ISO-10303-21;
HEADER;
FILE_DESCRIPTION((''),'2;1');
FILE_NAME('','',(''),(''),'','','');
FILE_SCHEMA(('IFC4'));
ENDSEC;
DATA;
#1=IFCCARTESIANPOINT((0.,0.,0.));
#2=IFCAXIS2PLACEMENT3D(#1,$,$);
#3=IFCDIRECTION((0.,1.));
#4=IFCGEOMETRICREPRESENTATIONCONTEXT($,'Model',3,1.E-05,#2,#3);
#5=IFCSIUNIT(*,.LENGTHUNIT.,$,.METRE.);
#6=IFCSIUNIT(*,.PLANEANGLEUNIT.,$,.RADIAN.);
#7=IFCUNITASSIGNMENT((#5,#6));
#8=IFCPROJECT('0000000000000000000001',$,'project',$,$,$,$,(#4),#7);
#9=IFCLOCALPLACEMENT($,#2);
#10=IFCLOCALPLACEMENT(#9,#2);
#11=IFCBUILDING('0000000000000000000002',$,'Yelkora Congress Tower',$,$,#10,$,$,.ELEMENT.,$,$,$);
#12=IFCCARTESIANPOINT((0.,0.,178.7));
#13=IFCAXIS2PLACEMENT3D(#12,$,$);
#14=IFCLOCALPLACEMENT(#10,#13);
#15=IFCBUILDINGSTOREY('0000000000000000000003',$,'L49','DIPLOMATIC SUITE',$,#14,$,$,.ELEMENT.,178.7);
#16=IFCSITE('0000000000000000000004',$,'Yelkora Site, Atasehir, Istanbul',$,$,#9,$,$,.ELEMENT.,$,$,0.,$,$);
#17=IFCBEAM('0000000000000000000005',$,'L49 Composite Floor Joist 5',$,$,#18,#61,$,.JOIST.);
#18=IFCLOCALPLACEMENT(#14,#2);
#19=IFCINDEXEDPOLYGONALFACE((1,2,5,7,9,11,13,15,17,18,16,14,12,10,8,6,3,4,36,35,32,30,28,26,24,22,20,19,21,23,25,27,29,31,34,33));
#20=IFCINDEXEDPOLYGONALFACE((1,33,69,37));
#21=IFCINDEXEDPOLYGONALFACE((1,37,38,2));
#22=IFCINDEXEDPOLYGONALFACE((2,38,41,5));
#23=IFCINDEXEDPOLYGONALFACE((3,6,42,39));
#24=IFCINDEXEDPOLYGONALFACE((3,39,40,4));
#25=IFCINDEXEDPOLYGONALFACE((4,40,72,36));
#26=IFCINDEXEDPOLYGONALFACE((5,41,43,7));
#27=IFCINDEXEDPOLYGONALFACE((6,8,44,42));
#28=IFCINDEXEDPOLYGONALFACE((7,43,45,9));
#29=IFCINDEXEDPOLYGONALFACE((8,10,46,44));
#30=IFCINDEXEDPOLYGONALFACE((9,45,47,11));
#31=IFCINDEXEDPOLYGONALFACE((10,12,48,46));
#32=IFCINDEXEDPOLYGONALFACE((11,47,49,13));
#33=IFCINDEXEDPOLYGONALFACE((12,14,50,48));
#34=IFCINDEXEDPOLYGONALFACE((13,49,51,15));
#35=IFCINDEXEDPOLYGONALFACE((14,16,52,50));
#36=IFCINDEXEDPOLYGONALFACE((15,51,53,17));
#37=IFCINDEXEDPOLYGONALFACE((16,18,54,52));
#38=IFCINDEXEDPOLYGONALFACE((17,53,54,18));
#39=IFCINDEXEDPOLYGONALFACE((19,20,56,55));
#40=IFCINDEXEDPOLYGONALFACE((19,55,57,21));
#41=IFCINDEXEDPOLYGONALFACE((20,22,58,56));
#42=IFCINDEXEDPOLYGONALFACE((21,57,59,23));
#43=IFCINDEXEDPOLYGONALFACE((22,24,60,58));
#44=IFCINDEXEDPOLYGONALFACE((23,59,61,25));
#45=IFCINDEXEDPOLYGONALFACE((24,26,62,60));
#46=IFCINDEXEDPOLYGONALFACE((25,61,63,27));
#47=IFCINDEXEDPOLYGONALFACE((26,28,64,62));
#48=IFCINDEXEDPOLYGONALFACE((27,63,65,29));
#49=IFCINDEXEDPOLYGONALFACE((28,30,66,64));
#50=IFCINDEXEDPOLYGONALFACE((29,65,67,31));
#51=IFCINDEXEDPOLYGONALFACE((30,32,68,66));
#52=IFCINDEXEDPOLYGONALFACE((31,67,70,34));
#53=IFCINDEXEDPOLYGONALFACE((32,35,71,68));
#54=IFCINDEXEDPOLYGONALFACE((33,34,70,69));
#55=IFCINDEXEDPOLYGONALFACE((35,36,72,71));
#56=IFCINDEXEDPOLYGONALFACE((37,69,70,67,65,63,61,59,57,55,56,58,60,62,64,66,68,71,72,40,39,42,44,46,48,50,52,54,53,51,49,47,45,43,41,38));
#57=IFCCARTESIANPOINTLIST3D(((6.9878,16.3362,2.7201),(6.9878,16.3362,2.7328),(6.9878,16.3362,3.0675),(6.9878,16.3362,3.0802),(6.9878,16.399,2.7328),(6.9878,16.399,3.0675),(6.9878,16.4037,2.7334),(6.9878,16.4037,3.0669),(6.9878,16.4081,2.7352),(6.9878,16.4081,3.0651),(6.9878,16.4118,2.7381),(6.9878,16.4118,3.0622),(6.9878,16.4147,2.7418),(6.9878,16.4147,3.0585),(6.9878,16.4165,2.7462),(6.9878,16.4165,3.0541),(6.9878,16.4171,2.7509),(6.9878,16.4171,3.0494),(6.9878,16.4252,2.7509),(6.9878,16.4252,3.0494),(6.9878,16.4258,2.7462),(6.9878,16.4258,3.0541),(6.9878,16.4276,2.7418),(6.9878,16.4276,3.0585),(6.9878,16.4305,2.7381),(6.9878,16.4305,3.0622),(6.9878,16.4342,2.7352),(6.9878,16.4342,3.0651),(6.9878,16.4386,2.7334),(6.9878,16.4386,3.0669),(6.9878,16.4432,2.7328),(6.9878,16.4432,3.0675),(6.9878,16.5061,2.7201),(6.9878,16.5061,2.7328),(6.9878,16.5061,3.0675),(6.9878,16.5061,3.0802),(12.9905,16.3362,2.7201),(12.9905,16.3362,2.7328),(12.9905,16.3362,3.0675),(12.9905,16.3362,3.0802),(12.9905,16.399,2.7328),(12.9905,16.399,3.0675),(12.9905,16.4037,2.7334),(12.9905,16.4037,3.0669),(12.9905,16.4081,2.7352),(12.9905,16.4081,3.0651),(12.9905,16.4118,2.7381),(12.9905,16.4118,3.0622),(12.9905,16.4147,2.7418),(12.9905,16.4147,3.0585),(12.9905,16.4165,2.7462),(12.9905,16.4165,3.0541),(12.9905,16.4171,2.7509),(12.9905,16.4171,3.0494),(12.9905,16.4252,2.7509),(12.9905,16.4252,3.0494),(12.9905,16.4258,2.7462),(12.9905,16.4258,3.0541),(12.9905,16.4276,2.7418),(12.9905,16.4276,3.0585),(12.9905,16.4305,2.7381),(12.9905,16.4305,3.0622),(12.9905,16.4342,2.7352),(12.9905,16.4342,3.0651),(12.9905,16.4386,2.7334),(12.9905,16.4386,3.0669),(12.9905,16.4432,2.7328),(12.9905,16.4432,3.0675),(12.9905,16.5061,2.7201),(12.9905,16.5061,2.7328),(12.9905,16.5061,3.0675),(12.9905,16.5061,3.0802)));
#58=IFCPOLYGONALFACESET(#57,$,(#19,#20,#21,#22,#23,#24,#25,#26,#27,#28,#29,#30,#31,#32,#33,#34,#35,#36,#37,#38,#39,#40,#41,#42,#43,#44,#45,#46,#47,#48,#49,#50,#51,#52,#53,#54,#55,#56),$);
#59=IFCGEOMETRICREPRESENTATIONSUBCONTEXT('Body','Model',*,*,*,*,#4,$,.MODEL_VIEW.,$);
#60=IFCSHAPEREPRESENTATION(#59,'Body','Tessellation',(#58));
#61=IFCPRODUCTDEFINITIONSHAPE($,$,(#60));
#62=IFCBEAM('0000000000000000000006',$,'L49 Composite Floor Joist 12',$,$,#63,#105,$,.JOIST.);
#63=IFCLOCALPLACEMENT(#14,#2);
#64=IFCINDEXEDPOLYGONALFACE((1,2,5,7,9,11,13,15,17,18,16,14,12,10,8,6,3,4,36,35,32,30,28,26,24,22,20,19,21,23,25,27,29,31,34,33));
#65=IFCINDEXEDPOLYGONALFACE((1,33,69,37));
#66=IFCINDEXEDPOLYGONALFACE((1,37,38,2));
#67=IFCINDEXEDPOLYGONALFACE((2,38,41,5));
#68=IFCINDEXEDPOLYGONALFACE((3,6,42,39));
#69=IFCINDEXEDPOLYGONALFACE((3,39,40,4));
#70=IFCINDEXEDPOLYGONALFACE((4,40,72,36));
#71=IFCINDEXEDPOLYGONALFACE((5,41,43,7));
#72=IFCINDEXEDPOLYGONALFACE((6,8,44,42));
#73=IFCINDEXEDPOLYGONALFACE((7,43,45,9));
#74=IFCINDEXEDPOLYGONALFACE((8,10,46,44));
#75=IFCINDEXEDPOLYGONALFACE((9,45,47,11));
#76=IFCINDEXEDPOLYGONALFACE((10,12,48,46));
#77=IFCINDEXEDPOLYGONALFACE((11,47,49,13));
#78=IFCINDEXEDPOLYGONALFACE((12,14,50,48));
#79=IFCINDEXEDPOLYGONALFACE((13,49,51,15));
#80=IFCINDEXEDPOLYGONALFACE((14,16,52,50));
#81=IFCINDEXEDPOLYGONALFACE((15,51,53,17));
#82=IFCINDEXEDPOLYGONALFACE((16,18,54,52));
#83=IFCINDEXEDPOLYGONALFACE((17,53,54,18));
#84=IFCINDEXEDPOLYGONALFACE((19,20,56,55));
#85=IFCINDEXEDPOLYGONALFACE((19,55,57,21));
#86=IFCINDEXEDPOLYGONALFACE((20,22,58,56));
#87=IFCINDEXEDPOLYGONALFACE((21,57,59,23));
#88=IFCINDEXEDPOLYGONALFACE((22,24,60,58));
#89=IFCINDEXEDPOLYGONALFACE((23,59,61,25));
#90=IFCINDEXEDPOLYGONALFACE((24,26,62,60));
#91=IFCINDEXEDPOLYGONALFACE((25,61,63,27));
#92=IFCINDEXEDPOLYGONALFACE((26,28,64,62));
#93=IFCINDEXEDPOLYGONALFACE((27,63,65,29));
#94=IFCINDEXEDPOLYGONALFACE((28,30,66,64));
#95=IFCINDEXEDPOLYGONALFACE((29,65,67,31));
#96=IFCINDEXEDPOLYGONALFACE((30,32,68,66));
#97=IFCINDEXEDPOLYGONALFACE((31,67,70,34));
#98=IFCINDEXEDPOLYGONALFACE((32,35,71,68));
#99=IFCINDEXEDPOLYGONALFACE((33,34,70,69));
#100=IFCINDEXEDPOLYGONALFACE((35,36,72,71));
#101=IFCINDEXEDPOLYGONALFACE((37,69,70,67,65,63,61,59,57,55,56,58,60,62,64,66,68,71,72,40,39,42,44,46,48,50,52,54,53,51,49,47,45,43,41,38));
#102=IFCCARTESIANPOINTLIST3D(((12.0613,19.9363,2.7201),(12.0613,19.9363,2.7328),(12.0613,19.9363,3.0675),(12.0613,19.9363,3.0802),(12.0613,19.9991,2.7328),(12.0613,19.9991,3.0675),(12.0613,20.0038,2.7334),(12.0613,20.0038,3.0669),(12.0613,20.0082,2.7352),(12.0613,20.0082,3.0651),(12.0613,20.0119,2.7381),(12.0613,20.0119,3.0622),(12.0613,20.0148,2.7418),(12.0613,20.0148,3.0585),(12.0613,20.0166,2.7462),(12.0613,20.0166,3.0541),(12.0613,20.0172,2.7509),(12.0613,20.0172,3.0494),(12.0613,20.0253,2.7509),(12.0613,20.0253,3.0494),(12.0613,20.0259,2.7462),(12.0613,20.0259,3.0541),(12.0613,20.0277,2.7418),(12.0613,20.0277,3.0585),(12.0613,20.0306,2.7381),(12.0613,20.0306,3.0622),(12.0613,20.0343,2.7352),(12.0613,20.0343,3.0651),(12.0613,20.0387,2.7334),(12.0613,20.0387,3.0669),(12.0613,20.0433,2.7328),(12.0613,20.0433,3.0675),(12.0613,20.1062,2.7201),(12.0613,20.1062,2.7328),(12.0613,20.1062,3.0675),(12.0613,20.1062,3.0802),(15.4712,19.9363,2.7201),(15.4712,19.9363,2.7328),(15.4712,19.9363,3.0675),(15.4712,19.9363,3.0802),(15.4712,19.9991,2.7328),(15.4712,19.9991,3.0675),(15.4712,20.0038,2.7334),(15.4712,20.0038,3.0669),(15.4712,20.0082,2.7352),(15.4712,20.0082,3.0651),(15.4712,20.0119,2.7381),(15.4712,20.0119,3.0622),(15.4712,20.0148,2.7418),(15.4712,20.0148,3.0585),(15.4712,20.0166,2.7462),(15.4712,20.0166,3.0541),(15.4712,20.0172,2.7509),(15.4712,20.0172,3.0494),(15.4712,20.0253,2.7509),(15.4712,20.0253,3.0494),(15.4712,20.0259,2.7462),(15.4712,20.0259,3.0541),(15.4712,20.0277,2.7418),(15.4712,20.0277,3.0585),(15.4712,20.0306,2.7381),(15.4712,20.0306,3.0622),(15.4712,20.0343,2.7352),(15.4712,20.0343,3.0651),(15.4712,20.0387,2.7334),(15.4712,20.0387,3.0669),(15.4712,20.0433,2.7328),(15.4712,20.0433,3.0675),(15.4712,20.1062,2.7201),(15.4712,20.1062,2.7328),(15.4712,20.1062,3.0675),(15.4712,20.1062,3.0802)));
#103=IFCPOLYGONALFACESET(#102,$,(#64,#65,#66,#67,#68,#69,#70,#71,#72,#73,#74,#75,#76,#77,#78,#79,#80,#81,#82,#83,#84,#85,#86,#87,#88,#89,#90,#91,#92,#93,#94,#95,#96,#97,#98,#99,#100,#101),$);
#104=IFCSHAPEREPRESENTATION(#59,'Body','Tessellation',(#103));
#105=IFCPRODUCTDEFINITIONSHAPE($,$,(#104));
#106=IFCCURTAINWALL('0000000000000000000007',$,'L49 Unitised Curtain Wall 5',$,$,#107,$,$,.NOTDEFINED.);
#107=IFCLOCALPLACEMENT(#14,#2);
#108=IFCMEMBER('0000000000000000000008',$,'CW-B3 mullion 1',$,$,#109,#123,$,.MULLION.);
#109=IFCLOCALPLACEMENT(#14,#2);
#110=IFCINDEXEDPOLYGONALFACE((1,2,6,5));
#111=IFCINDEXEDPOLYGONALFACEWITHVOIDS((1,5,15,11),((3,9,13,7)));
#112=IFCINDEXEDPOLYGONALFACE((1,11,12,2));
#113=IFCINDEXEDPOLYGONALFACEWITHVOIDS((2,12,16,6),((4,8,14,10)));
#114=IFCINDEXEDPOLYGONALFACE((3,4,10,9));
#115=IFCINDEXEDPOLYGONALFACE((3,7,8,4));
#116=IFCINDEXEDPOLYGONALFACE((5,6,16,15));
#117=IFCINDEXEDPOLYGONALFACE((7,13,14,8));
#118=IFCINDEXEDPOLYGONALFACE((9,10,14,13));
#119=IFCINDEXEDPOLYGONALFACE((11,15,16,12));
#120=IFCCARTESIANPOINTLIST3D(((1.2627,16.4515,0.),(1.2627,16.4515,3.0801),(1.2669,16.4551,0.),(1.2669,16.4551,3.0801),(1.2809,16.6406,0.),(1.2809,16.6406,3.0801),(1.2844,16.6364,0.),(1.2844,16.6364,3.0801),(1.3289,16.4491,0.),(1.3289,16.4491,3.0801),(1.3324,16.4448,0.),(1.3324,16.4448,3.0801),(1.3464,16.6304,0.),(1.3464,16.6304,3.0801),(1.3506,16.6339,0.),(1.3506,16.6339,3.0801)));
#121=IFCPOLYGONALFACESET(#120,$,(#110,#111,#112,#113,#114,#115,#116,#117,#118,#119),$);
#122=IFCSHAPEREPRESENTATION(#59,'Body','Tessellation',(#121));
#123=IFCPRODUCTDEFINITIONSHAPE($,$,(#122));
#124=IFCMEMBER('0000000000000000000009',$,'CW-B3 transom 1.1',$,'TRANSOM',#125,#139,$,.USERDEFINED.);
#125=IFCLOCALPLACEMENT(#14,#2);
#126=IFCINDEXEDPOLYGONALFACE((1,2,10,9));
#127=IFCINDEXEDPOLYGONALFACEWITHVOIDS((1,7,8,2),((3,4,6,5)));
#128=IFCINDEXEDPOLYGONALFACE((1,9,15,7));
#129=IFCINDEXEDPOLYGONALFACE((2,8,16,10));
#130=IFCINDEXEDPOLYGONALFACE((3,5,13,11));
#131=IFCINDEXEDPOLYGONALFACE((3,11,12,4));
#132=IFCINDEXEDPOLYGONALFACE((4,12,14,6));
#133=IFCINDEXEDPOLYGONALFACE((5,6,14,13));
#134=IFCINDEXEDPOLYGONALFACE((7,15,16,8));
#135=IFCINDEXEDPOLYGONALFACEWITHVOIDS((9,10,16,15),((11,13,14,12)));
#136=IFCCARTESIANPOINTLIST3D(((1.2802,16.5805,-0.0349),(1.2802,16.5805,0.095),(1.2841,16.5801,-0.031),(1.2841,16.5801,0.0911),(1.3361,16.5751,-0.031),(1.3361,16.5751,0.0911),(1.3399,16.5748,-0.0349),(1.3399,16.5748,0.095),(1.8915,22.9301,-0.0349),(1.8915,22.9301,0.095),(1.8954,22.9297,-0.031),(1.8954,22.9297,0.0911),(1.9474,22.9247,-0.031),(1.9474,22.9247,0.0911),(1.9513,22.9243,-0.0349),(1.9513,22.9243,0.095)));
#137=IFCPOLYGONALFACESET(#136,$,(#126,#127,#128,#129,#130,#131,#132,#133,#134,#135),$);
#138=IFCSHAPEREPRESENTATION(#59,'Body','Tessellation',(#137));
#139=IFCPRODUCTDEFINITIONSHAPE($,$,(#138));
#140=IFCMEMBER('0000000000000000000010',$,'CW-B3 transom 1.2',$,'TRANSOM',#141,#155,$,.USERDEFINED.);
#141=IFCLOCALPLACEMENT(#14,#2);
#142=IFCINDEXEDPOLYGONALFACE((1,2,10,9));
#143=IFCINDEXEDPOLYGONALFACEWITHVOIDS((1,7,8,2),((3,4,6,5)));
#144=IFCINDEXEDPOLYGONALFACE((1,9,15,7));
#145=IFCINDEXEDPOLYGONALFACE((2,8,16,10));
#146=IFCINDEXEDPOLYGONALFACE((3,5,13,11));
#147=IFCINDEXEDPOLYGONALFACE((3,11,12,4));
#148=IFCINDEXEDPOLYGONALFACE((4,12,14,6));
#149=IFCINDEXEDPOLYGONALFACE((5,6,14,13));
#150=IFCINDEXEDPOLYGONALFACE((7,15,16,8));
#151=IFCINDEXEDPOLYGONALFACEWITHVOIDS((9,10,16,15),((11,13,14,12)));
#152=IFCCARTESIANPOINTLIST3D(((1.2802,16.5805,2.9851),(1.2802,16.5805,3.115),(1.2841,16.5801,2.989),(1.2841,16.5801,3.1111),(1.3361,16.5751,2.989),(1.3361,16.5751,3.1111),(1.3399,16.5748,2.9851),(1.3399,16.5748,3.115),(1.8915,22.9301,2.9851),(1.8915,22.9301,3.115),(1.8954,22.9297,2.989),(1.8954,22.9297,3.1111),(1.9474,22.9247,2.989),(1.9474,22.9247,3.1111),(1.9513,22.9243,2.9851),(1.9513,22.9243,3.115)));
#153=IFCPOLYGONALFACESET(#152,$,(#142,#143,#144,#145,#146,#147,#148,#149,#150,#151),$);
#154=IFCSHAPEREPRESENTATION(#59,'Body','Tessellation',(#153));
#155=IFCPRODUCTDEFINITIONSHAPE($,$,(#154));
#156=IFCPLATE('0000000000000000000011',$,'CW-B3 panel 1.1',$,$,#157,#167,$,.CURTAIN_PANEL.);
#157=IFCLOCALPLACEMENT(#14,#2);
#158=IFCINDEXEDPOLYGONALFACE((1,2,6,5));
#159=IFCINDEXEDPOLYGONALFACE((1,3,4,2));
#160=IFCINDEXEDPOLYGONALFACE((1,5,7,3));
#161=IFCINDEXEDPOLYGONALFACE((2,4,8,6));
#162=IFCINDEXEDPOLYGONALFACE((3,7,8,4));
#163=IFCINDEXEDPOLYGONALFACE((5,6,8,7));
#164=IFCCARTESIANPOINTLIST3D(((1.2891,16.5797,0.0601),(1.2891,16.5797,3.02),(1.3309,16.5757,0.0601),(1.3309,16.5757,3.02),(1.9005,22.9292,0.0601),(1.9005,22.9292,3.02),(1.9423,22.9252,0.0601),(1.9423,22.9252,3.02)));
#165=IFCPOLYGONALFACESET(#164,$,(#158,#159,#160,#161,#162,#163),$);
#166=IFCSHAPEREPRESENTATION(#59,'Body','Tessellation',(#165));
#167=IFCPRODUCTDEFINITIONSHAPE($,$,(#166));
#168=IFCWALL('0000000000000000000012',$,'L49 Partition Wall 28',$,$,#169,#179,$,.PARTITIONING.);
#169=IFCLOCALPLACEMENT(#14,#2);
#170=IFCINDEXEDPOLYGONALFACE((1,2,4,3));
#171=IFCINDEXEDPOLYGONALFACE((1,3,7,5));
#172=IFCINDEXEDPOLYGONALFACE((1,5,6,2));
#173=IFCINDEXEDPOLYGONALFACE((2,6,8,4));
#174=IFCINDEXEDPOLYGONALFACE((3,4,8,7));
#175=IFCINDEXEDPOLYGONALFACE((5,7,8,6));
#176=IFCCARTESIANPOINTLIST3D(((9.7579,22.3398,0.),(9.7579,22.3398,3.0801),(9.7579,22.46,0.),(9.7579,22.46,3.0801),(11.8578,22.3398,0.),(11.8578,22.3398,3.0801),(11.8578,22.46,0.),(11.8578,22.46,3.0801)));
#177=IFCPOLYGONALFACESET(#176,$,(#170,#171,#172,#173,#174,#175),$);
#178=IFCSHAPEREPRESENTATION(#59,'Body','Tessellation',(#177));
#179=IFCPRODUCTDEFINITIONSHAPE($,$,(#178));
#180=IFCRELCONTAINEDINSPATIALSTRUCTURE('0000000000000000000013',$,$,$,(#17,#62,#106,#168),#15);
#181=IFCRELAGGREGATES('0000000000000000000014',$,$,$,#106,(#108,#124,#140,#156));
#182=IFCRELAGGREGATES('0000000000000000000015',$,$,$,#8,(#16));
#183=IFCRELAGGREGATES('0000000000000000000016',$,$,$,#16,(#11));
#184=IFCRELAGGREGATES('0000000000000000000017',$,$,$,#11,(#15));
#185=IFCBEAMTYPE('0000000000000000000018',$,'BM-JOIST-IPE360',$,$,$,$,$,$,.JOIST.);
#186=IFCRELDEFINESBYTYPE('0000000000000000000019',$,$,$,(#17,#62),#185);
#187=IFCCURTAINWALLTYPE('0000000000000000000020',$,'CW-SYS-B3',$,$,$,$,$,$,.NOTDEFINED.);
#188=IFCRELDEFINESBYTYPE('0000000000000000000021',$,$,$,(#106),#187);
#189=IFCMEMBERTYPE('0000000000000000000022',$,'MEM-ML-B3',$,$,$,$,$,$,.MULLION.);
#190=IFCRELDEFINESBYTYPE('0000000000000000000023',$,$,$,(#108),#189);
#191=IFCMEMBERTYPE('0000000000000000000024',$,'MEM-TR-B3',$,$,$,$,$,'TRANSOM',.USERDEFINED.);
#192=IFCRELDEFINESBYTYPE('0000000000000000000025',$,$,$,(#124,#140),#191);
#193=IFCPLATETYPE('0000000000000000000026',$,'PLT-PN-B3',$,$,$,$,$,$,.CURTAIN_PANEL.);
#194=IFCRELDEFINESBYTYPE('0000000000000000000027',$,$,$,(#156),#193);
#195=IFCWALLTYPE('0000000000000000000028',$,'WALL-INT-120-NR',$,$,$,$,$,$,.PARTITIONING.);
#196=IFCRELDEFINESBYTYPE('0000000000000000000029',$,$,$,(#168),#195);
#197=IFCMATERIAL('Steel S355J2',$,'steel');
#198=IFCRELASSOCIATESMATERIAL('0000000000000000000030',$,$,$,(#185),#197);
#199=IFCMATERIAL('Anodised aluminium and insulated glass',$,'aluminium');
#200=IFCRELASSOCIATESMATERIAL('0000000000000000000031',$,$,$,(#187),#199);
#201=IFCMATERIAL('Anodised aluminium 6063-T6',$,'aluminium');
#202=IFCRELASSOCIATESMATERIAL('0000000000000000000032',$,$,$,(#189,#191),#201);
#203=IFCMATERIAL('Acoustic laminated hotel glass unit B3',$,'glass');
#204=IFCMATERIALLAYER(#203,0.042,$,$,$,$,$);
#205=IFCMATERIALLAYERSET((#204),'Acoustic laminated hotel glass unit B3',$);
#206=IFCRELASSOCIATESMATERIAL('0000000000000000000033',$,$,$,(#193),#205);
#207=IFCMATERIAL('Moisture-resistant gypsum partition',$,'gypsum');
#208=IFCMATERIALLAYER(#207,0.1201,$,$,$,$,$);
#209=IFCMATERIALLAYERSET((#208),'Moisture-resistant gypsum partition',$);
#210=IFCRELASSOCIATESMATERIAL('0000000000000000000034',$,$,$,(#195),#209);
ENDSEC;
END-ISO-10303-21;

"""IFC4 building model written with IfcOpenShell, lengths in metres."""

from ifc_helpers import new_model, si_unit, direction, frame, frame_2d, origin, origin_2d, place, context, subcontext, project, spatial, rectangle, hollow_rectangle, i_section, extrude, material, layer, layer_set, material_profile, profile_set, type_object, element, aggregate, save


model = new_model("IFC4")

# Units and contexts
model_context = context("Model", 3, precision=1e-05, world=origin(), true_north=direction((0.0, 1.0)))
body_context = subcontext(model_context, "Body", "Model", "MODEL_VIEW")
ifc_project = project(units=[si_unit("LENGTHUNIT", "METRE"), si_unit("PLANEANGLEUNIT", "RADIAN")], contexts=[model_context])

# Site, building, storey
site_placement = place(None, origin())
site = spatial("IfcSite", under=ifc_project, at=site_placement, Name="Yelkora Site, Atasehir, Istanbul", CompositionType="ELEMENT", RefElevation=0.0)
building_placement = place(site_placement, origin())
building = spatial("IfcBuilding", under=site, at=building_placement, Name="Yelkora Congress Tower", CompositionType="ELEMENT")
storey_placement = place(building_placement, frame((0.0, 0.0, 178.7)))
storey = spatial("IfcBuildingStorey", under=building, at=storey_placement, Name="L49", Description="DIPLOMATIC SUITE", CompositionType="ELEMENT", Elevation=178.7)

# Beams
ifc_material_1 = material(Name="Steel S355J2", Category="steel")
ifc_material_profile_1 = material_profile(ifc_material_1, i_section(OverallWidth=0.1699, OverallDepth=0.3601, WebThickness=0.0081, FlangeThickness=0.0127, FilletRadius=0.0181, at=origin_2d()), Name="IPE 360")
ifc_profile_set_1 = profile_set([ifc_material_profile_1], Name="Steel S355J2")
beam_type = type_object("IfcBeamType", Name="BM-JOIST-IPE360", PredefinedType="JOIST", material=ifc_profile_set_1)
beam_1_placement = place(storey_placement, frame((6.9878, 16.4211, 2.9001), z_axis=(1.0, 0.0, 0.0), x_axis=(0.0, 1.0, 0.0)))
element("IfcBeam", 1, at=beam_1_placement, inside=storey, type_object=beam_type, Name="L49 Composite Floor Joist 5", PredefinedType="JOIST", context=body_context, shape_type="SweptSolid", body=[
    extrude(i_section(OverallWidth=0.1699, OverallDepth=0.3601, WebThickness=0.0081, FlangeThickness=0.0127, FilletRadius=0.0181, at=origin_2d()), origin(), (0.0, 0.0, 1.0), 6.0027),
])
beam_2_placement = place(storey_placement, frame((12.0613, 20.0212, 2.9001), z_axis=(1.0, 0.0, 0.0), x_axis=(0.0, 1.0, 0.0)))
element("IfcBeam", 2, at=beam_2_placement, inside=storey, type_object=beam_type, Name="L49 Composite Floor Joist 12", PredefinedType="JOIST", context=body_context, shape_type="SweptSolid", body=[
    extrude(i_section(OverallWidth=0.1699, OverallDepth=0.3601, WebThickness=0.0081, FlangeThickness=0.0127, FilletRadius=0.0181, at=origin_2d()), origin(), (0.0, 0.0, 1.0), 3.4099),
])

# Curtain wall, members, plate
ifc_material_2 = material(Name="Anodised aluminium and insulated glass", Category="aluminium")
curtain_wall_type = type_object("IfcCurtainWallType", Name="CW-SYS-B3", PredefinedType="NOTDEFINED", material=ifc_material_2)
curtain_wall_placement = place(storey_placement, origin())
curtain_wall = element("IfcCurtainWall", 3, at=curtain_wall_placement, inside=storey, type_object=curtain_wall_type, Name="L49 Unitised Curtain Wall 5", PredefinedType="NOTDEFINED")
ifc_material_3 = material(Name="Anodised aluminium 6063-T6", Category="aluminium")
ifc_material_profile_2 = material_profile(ifc_material_3, hollow_rectangle(XDim=0.0701, YDim=0.1899, WallThickness=0.0039, at=origin_2d()), Name="ALU 70x190x4")
ifc_profile_set_2 = profile_set([ifc_material_profile_2], Name="Anodised aluminium 6063-T6")
member_type_1 = type_object("IfcMemberType", Name="MEM-ML-B3", PredefinedType="MULLION", material=ifc_profile_set_2)
member_1_placement = place(storey_placement, frame((1.3066, 16.5427, 0.0), z_axis=(0.0, 0.0, 1.0), x_axis=(-0.995396, 0.095845, 0.0)))
member_1 = element("IfcMember", 4, at=member_1_placement, type_object=member_type_1, Name="CW-B3 mullion 1", PredefinedType="MULLION", context=body_context, shape_type="SweptSolid", body=[
    extrude(hollow_rectangle(XDim=0.0701, YDim=0.1899, WallThickness=0.0039, at=origin_2d()), origin(), (0.0, 0.0, 1.0), 3.0801),
])
ifc_material_profile_3 = material_profile(ifc_material_3, hollow_rectangle(XDim=0.0601, YDim=0.1299, WallThickness=0.0039, at=origin_2d()), Name="ALU 60x130x4")
ifc_profile_set_3 = profile_set([ifc_material_profile_3], Name="Anodised aluminium 6063-T6")
member_type_2 = type_object("IfcMemberType", Name="MEM-TR-B3", ElementType="TRANSOM", PredefinedType="USERDEFINED", material=ifc_profile_set_3)
member_2_placement = place(storey_placement, frame((1.3101, 16.5776, 0.03), z_axis=(0.095835, 0.995397, 0.0), x_axis=(-0.995397, 0.095835, 0.0)))
member_2 = element("IfcMember", 5, at=member_2_placement, type_object=member_type_2, Name="CW-B3 transom 1.1", ObjectType="TRANSOM", PredefinedType="USERDEFINED", context=body_context, shape_type="SweptSolid", body=[
    extrude(hollow_rectangle(XDim=0.0601, YDim=0.1299, WallThickness=0.0039, at=origin_2d()), origin(), (0.0, 0.0, 1.0), 6.3789),
])
member_3_placement = place(storey_placement, frame((1.3101, 16.5776, 3.05), z_axis=(0.095835, 0.995397, 0.0), x_axis=(-0.995397, 0.095835, 0.0)))
member_3 = element("IfcMember", 6, at=member_3_placement, type_object=member_type_2, Name="CW-B3 transom 1.2", ObjectType="TRANSOM", PredefinedType="USERDEFINED", context=body_context, shape_type="SweptSolid", body=[
    extrude(hollow_rectangle(XDim=0.0601, YDim=0.1299, WallThickness=0.0039, at=origin_2d()), origin(), (0.0, 0.0, 1.0), 6.3789),
])
ifc_material_4 = material(Name="Acoustic laminated hotel glass unit B3", Category="glass")
ifc_layer_1 = layer(ifc_material_4, 0.042)
ifc_layer_set_1 = layer_set([ifc_layer_1], Name="Acoustic laminated hotel glass unit B3")
plate_type = type_object("IfcPlateType", Name="PLT-PN-B3", PredefinedType="CURTAIN_PANEL", material=ifc_layer_set_1)
plate_placement = place(storey_placement, frame((1.6157, 19.7524, 0.0601), z_axis=(0.0, 0.0, 1.0), x_axis=(0.095845, 0.995396, 0.0)))
plate = element("IfcPlate", 7, at=plate_placement, type_object=plate_type, Name="CW-B3 panel 1.1", PredefinedType="CURTAIN_PANEL", context=body_context, shape_type="SweptSolid", body=[
    extrude(rectangle(XDim=6.3789, YDim=0.042, at=origin_2d()), origin(), (0.0, 0.0, 1.0), 2.96),
])
aggregate(curtain_wall, [member_1, member_2, member_3, plate])

# Wall
ifc_material_5 = material(Name="Moisture-resistant gypsum partition", Category="gypsum")
ifc_layer_2 = layer(ifc_material_5, 0.1201)
ifc_layer_set_2 = layer_set([ifc_layer_2], Name="Moisture-resistant gypsum partition")
wall_type = type_object("IfcWallType", Name="WALL-INT-120-NR", PredefinedType="PARTITIONING", material=ifc_layer_set_2)
wall_1_placement = place(storey_placement, frame((9.7581, 22.3999, 0.0), z_axis=(0.0, 0.0, 1.0), x_axis=(1.0, 0.0, 0.0)))
element("IfcWall", 8, at=wall_1_placement, inside=storey, type_object=wall_type, Name="L49 Partition Wall 28", PredefinedType="PARTITIONING", context=body_context, shape_type="SweptSolid", body=[
    extrude(rectangle(XDim=2.0999, YDim=0.1201, at=frame_2d((1.0498, 0.0))), origin(), (0.0, 0.0, 1.0), 3.0801),
])

save(model, "model.ifc")
